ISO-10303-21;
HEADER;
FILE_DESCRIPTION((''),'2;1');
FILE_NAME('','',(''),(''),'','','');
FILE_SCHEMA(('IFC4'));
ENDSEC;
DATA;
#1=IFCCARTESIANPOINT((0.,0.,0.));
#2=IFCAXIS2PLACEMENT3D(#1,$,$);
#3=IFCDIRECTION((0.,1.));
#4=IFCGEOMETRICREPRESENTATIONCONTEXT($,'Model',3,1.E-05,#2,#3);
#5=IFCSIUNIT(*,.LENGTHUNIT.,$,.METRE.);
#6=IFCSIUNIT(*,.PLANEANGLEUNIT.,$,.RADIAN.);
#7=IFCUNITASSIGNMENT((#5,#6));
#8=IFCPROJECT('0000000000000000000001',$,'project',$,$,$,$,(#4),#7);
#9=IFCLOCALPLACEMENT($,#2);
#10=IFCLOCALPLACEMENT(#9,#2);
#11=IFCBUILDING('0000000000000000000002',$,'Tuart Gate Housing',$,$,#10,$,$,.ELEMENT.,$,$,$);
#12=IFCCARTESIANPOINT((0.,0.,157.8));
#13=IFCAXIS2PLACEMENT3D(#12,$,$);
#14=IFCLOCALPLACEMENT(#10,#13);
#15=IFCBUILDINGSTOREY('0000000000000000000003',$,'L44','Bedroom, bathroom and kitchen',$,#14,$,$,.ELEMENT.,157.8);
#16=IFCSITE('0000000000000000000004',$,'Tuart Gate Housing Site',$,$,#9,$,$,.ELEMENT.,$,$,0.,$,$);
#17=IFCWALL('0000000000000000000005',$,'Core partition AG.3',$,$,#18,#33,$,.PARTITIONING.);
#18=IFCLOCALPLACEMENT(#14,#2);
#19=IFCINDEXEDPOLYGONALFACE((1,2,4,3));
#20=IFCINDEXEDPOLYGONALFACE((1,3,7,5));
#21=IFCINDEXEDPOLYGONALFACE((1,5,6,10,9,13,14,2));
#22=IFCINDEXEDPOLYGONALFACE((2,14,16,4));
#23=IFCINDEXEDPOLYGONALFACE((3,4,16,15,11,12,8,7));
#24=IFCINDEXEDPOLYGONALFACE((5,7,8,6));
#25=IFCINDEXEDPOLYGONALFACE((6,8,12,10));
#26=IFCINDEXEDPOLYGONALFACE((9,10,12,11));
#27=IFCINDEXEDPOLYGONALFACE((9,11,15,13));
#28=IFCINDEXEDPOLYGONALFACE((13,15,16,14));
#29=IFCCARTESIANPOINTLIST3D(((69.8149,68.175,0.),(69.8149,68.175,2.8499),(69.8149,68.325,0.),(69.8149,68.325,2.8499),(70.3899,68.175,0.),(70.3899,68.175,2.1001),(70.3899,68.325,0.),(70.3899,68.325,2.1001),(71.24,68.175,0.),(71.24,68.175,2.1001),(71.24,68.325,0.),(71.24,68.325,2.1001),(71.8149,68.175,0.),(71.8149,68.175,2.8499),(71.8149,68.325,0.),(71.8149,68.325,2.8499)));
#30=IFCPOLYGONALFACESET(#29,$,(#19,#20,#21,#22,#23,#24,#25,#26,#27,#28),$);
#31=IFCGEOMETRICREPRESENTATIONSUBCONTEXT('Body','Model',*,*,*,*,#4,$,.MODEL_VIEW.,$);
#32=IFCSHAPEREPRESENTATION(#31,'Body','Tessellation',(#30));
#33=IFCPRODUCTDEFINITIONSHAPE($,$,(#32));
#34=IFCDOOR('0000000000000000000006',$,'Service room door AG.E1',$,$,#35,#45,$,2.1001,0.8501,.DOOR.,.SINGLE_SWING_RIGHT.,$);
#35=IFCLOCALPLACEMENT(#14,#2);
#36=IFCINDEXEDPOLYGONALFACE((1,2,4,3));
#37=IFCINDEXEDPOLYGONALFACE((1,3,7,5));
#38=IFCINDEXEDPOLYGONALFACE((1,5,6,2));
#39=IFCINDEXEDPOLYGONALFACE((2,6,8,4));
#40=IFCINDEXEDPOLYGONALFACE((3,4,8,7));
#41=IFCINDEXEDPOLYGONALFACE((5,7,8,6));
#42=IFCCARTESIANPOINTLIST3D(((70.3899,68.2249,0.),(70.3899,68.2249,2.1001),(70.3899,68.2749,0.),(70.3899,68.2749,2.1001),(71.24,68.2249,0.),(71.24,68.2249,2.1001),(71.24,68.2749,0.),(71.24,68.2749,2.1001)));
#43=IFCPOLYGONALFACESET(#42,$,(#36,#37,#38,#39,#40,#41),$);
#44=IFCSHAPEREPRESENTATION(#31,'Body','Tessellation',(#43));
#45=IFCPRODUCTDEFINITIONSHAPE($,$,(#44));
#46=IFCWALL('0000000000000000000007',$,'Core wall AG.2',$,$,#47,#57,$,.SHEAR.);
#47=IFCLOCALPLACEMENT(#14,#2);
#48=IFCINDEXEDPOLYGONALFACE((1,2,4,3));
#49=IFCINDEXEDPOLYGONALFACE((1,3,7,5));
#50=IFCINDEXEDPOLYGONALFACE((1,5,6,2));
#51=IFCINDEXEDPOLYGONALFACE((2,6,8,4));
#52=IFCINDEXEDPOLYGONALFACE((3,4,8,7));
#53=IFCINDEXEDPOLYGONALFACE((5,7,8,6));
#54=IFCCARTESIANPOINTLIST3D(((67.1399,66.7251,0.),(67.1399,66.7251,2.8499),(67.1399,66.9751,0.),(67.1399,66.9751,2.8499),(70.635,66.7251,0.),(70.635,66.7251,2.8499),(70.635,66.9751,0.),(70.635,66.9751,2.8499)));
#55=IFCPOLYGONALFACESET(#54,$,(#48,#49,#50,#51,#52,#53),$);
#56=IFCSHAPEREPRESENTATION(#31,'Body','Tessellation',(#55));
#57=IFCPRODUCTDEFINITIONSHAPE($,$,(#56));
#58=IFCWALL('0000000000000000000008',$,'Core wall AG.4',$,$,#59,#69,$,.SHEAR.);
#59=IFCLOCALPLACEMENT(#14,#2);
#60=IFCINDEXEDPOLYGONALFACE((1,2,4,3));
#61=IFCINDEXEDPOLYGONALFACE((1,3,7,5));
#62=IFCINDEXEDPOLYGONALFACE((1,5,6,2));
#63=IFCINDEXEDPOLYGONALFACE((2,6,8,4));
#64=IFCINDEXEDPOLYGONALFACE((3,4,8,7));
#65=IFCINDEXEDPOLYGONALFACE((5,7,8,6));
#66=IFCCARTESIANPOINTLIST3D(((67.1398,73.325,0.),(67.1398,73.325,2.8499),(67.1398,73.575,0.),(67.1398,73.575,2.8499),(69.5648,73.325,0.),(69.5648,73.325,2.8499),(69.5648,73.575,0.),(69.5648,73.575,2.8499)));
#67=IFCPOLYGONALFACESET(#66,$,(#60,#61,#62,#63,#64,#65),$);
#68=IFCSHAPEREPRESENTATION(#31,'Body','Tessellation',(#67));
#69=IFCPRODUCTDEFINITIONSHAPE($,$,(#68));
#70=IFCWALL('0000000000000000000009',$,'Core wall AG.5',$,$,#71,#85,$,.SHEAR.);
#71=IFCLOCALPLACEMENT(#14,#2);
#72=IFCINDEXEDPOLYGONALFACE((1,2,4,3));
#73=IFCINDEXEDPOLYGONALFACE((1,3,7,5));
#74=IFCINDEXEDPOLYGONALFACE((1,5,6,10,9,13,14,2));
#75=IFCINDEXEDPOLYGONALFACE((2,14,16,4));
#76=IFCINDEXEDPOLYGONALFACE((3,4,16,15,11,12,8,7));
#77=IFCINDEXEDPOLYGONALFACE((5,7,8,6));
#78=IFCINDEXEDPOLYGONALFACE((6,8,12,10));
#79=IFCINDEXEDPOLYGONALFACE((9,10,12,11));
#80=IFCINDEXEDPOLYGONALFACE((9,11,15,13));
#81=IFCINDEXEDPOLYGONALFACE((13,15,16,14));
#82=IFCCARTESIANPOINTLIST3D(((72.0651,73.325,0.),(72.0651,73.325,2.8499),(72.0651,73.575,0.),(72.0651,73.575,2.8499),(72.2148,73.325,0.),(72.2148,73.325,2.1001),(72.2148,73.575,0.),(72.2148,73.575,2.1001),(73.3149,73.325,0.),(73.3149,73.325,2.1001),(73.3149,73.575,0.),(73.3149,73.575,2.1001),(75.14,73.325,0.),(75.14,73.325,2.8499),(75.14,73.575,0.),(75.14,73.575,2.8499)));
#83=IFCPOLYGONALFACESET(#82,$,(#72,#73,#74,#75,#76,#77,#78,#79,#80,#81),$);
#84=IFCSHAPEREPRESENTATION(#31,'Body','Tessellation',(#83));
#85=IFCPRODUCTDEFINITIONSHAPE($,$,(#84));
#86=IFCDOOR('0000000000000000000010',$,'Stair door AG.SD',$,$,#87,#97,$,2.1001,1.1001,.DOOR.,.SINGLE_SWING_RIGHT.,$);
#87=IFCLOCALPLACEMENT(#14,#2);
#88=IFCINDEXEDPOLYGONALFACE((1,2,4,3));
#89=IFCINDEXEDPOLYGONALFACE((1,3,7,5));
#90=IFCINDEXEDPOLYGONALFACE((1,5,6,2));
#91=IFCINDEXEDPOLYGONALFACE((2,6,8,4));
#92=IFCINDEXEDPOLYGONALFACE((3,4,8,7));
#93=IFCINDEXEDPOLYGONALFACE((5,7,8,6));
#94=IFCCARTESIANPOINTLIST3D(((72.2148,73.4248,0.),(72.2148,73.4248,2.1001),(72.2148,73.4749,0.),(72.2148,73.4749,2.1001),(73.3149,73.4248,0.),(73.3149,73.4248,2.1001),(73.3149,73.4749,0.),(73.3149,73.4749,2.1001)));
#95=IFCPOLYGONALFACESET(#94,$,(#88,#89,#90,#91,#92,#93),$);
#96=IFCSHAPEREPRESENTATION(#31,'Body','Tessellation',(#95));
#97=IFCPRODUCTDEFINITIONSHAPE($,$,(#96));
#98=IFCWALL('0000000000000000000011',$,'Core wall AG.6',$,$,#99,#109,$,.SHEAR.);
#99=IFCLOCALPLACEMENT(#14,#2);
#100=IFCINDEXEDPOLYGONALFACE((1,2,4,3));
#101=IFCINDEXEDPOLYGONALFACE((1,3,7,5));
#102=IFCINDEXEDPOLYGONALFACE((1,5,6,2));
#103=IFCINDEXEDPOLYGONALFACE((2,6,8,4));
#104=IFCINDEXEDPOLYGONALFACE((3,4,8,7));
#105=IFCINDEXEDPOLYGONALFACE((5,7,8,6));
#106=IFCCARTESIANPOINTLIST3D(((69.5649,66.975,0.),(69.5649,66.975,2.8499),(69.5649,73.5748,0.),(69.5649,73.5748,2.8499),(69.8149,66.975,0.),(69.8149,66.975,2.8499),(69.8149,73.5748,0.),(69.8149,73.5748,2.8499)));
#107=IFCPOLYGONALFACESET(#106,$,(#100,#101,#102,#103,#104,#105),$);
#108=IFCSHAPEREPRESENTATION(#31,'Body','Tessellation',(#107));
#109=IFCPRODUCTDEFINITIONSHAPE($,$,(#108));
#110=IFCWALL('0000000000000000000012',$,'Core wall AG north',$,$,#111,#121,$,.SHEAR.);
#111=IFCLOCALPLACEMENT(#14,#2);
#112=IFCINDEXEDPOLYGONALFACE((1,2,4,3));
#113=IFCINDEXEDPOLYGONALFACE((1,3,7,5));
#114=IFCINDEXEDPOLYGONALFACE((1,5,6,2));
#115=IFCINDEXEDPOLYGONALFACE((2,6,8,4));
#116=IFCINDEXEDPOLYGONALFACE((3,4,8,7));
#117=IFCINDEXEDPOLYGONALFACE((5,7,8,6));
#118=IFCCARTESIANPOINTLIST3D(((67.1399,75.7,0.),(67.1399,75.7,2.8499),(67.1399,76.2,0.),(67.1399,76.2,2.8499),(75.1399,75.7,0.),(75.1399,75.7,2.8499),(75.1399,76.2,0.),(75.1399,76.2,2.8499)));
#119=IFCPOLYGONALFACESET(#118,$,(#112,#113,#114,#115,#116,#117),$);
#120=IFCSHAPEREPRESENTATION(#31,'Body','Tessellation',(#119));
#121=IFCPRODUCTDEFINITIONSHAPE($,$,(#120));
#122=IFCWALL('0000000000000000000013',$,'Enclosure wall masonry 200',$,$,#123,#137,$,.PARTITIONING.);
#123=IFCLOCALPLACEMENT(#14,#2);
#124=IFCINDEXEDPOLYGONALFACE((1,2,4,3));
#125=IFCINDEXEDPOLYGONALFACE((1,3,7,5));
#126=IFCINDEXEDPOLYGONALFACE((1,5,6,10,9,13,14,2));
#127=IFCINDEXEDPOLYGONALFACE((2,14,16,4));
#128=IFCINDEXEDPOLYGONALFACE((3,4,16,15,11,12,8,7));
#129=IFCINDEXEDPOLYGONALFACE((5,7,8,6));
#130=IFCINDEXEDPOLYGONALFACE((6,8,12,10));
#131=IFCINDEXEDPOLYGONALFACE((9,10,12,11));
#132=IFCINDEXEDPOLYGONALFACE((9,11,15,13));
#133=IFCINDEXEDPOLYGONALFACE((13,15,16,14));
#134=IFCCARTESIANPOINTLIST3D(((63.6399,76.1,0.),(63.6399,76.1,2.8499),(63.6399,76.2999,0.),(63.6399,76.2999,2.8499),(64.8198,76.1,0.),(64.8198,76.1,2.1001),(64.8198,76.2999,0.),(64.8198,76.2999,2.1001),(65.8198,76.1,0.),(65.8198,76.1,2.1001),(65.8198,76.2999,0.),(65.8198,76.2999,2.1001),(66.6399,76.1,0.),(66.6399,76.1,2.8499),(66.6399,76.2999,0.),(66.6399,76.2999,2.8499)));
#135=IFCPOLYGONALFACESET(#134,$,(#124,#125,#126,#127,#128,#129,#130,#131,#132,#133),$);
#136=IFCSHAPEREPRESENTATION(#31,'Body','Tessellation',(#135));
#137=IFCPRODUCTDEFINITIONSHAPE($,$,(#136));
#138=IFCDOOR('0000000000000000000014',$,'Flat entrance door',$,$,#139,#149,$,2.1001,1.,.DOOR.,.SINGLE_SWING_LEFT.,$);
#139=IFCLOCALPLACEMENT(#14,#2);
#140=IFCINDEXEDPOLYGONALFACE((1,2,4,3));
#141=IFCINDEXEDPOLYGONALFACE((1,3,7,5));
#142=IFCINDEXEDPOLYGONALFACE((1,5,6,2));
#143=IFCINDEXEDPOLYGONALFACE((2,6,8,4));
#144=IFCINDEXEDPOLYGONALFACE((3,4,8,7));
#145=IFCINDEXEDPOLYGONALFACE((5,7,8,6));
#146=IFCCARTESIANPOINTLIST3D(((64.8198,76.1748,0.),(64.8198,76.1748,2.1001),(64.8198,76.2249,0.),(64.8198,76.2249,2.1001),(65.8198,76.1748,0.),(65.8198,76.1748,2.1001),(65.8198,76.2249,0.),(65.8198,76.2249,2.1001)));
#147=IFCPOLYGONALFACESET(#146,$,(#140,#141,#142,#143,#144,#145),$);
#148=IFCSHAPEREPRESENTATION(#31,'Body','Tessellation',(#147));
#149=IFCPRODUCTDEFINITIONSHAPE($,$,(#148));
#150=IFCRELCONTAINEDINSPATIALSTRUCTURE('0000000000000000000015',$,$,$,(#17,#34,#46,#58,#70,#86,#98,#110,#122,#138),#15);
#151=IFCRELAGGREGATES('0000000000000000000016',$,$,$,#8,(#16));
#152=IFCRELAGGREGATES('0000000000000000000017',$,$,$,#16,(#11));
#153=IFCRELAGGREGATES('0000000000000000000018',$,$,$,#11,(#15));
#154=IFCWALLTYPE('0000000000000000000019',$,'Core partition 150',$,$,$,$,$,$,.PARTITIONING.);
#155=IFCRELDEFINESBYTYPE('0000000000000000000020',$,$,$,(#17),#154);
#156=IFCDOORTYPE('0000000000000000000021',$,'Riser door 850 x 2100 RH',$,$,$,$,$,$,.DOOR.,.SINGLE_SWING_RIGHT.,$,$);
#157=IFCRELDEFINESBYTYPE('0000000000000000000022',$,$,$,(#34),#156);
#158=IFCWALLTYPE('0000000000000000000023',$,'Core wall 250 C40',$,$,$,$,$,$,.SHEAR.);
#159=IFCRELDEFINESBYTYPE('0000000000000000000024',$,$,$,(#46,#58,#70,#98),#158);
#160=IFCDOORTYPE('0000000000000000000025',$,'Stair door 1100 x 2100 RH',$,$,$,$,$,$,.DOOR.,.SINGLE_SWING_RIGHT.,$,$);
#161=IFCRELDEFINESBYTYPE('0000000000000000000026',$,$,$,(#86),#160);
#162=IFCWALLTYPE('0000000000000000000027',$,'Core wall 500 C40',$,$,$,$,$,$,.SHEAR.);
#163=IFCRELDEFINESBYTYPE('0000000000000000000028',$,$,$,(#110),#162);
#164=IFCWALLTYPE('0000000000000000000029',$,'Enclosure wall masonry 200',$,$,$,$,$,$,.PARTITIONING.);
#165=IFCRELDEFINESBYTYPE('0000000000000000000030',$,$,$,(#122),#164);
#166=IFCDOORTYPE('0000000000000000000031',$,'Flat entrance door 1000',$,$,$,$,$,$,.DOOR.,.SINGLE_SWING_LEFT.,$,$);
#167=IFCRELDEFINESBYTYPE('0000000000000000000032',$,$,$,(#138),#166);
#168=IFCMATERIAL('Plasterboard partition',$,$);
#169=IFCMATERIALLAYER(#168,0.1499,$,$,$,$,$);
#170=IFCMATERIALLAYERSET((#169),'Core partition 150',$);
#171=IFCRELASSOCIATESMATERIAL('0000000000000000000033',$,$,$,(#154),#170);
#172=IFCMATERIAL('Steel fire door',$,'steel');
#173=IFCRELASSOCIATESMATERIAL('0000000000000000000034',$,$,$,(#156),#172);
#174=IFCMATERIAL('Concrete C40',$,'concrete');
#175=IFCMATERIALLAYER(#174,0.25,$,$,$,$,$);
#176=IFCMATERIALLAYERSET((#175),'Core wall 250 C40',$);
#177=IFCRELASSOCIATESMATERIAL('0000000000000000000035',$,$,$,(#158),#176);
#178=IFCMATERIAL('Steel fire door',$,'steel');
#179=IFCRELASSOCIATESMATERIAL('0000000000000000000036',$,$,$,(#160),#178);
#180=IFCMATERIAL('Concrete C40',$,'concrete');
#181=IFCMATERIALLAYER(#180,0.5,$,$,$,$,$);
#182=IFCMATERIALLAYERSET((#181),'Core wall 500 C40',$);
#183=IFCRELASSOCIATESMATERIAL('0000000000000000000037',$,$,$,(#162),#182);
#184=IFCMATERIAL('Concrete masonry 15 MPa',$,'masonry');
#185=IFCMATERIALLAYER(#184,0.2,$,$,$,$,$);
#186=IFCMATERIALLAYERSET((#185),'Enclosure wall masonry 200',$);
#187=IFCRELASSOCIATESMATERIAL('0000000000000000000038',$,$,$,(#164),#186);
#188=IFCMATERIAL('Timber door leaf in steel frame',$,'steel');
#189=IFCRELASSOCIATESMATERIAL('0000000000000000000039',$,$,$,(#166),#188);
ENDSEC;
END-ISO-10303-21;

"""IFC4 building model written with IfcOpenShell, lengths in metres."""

from ifc_helpers import new_model, si_unit, direction, frame, frame_2d, origin, place, context, subcontext, project, spatial, rectangle, extrude, material, layer, layer_set, type_object, element, fill, save


model = new_model("IFC4")

# Units and contexts
model_context = context("Model", 3, precision=1e-05, world=origin(), true_north=direction((0.0, 1.0)))
body_context = subcontext(model_context, "Body", "Model", "MODEL_VIEW")
ifc_project = project(units=[si_unit("LENGTHUNIT", "METRE"), si_unit("PLANEANGLEUNIT", "RADIAN")], contexts=[model_context])

# Site, building, storey
site_placement = place(None, origin())
site = spatial("IfcSite", under=ifc_project, at=site_placement, Name="Tuart Gate Housing Site", CompositionType="ELEMENT", RefElevation=0.0)
building_placement = place(site_placement, origin())
building = spatial("IfcBuilding", under=site, at=building_placement, Name="Tuart Gate Housing", CompositionType="ELEMENT")
storey_placement = place(building_placement, frame((0.0, 0.0, 157.8)))
storey = spatial("IfcBuildingStorey", under=building, at=storey_placement, Name="L44", Description="Bedroom, bathroom and kitchen", CompositionType="ELEMENT", Elevation=157.8)

# Wall, opening, door
ifc_material_1 = material(Name="Plasterboard partition")
ifc_layer_1 = layer(ifc_material_1, 0.1499)
ifc_layer_set_1 = layer_set([ifc_layer_1], Name="Core partition 150")
wall_type_1 = type_object("IfcWallType", Name="Core partition 150", PredefinedType="PARTITIONING", material=ifc_layer_set_1)
wall_1_placement = place(storey_placement, frame((69.8149, 68.25, 0.0), z_axis=(0.0, 0.0, 1.0), x_axis=(1.0, 0.0, 0.0)))
wall_1 = element("IfcWall", 1, at=wall_1_placement, inside=storey, type_object=wall_type_1, Name="Core partition AG.3", PredefinedType="PARTITIONING", context=body_context, shape_type="SweptSolid", body=[
    extrude(rectangle(XDim=2.0, YDim=0.1499, at=frame_2d((1.0, 0.0))), origin(), (0.0, 0.0, 1.0), 2.8499),
])
opening_1_placement = place(wall_1_placement, frame((0.575, 0.0, 0.0)))
opening_1 = element("IfcOpeningElement", 2, at=opening_1_placement, cuts=wall_1, PredefinedType="OPENING", context=body_context, shape_type="SweptSolid", body=[
    extrude(rectangle(XDim=0.8501, YDim=2.1001, at=frame_2d((0.425, 1.05))), frame((0.0, 0.085, 0.0), z_axis=(0.0, -1.0, 0.0), x_axis=(1.0, 0.0, 0.0)), (0.0, 0.0, 1.0), 0.1699),
])
ifc_material_2 = material(Name="Steel fire door", Category="steel")
door_type_1 = type_object("IfcDoorType", Name="Riser door 850 x 2100 RH", OperationType="SINGLE_SWING_RIGHT", PredefinedType="DOOR", material=ifc_material_2)
door_1_placement = place(opening_1_placement, frame((0.8501, 0.0, 0.0), z_axis=(0.0, 0.0, 1.0), x_axis=(-1.0, 0.0, 0.0)))
door_1 = element("IfcDoor", 3, at=door_1_placement, inside=storey, type_object=door_type_1, Name="Service room door AG.E1", OperationType="SINGLE_SWING_RIGHT", OverallHeight=2.1001, OverallWidth=0.8501, PredefinedType="DOOR", context=body_context, shape_type="SweptSolid", body=[
    extrude(rectangle(XDim=0.8501, YDim=2.1001, at=frame_2d((0.425, 1.05))), frame((0.0, 0.0251, 0.0), z_axis=(0.0, -1.0, 0.0), x_axis=(1.0, 0.0, 0.0)), (0.0, 0.0, 1.0), 0.05),
])
fill(opening_1, door_1)

# Walls
ifc_material_3 = material(Name="Concrete C40", Category="concrete")
ifc_layer_2 = layer(ifc_material_3, 0.25)
ifc_layer_set_2 = layer_set([ifc_layer_2], Name="Core wall 250 C40")
wall_type_2 = type_object("IfcWallType", Name="Core wall 250 C40", PredefinedType="SHEAR", material=ifc_layer_set_2)
wall_2_placement = place(storey_placement, frame((67.1399, 66.8501, 0.0), z_axis=(0.0, 0.0, 1.0), x_axis=(1.0, 0.0, 0.0)))
element("IfcWall", 4, at=wall_2_placement, inside=storey, type_object=wall_type_2, Name="Core wall AG.2", PredefinedType="SHEAR", context=body_context, shape_type="SweptSolid", body=[
    extrude(rectangle(XDim=3.4951, YDim=0.25, at=frame_2d((1.7476, 0.0))), origin(), (0.0, 0.0, 1.0), 2.8499),
])
wall_3_placement = place(storey_placement, frame((67.1399, 73.45, 0.0), z_axis=(0.0, 0.0, 1.0), x_axis=(1.0, 0.0, 0.0)))
element("IfcWall", 5, at=wall_3_placement, inside=storey, type_object=wall_type_2, Name="Core wall AG.4", PredefinedType="SHEAR", context=body_context, shape_type="SweptSolid", body=[
    extrude(rectangle(XDim=2.425, YDim=0.25, at=frame_2d((1.2124, 0.0))), origin(), (0.0, 0.0, 1.0), 2.8499),
])

# Wall, opening, door
wall_4_placement = place(storey_placement, frame((72.0649, 73.45, 0.0), z_axis=(0.0, 0.0, 1.0), x_axis=(1.0, 0.0, 0.0)))
wall_4 = element("IfcWall", 6, at=wall_4_placement, inside=storey, type_object=wall_type_2, Name="Core wall AG.5", PredefinedType="SHEAR", context=body_context, shape_type="SweptSolid", body=[
    extrude(rectangle(XDim=3.075, YDim=0.25, at=frame_2d((1.5376, 0.0))), origin(), (0.0, 0.0, 1.0), 2.8499),
])
opening_2_placement = place(wall_4_placement, frame((0.1499, 0.0, 0.0)))
opening_2 = element("IfcOpeningElement", 7, at=opening_2_placement, cuts=wall_4, PredefinedType="OPENING", context=body_context, shape_type="SweptSolid", body=[
    extrude(rectangle(XDim=1.1001, YDim=2.1001, at=frame_2d((0.55, 1.05))), frame((0.0, 0.135, 0.0), z_axis=(0.0, -1.0, 0.0), x_axis=(1.0, 0.0, 0.0)), (0.0, 0.0, 1.0), 0.27),
])
ifc_material_4 = material(Name="Steel fire door", Category="steel")
door_type_2 = type_object("IfcDoorType", Name="Stair door 1100 x 2100 RH", OperationType="SINGLE_SWING_RIGHT", PredefinedType="DOOR", material=ifc_material_4)
door_2_placement = place(opening_2_placement, frame((1.1001, 0.0, 0.0), z_axis=(0.0, 0.0, 1.0), x_axis=(-1.0, 0.0, 0.0)))
door_2 = element("IfcDoor", 8, at=door_2_placement, inside=storey, type_object=door_type_2, Name="Stair door AG.SD", OperationType="SINGLE_SWING_RIGHT", OverallHeight=2.1001, OverallWidth=1.1001, PredefinedType="DOOR", context=body_context, shape_type="SweptSolid", body=[
    extrude(rectangle(XDim=1.1001, YDim=2.1001, at=frame_2d((0.55, 1.05))), frame((0.0, 0.0251, 0.0), z_axis=(0.0, -1.0, 0.0), x_axis=(1.0, 0.0, 0.0)), (0.0, 0.0, 1.0), 0.05),
])
fill(opening_2, door_2)

# Walls
wall_5_placement = place(storey_placement, frame((69.6899, 66.9751, 0.0), z_axis=(0.0, 0.0, 1.0), x_axis=(0.0, 1.0, 0.0)))
element("IfcWall", 9, at=wall_5_placement, inside=storey, type_object=wall_type_2, Name="Core wall AG.6", PredefinedType="SHEAR", context=body_context, shape_type="SweptSolid", body=[
    extrude(rectangle(XDim=6.5999, YDim=0.25, at=frame_2d((3.2998, 0.0))), origin(), (0.0, 0.0, 1.0), 2.8499),
])
ifc_material_5 = material(Name="Concrete C40", Category="concrete")
ifc_layer_3 = layer(ifc_material_5, 0.5)
ifc_layer_set_3 = layer_set([ifc_layer_3], Name="Core wall 500 C40")
wall_type_3 = type_object("IfcWallType", Name="Core wall 500 C40", PredefinedType="SHEAR", material=ifc_layer_set_3)
wall_6_placement = place(storey_placement, frame((67.1399, 75.95, 0.0), z_axis=(0.0, 0.0, 1.0), x_axis=(1.0, 0.0, 0.0)))
element("IfcWall", 10, at=wall_6_placement, inside=storey, type_object=wall_type_3, Name="Core wall AG north", PredefinedType="SHEAR", context=body_context, shape_type="SweptSolid", body=[
    extrude(rectangle(XDim=8.0, YDim=0.5, at=frame_2d((4.0, 0.0))), origin(), (0.0, 0.0, 1.0), 2.8499),
])

# Wall, opening, door
ifc_material_6 = material(Name="Concrete masonry 15 MPa", Category="masonry")
ifc_layer_4 = layer(ifc_material_6, 0.2)
ifc_layer_set_4 = layer_set([ifc_layer_4], Name="Enclosure wall masonry 200")
wall_type_4 = type_object("IfcWallType", Name="Enclosure wall masonry 200", PredefinedType="PARTITIONING", material=ifc_layer_set_4)
wall_7_placement = place(storey_placement, frame((63.6399, 76.2, 0.0), z_axis=(0.0, 0.0, 1.0), x_axis=(1.0, 0.0, 0.0)))
wall_7 = element("IfcWall", 11, at=wall_7_placement, inside=storey, type_object=wall_type_4, Name="Enclosure wall masonry 200", PredefinedType="PARTITIONING", context=body_context, shape_type="SweptSolid", body=[
    extrude(rectangle(XDim=3.0, YDim=0.2, at=frame_2d((1.5, 0.0))), origin(), (0.0, 0.0, 1.0), 2.8499),
])
opening_3_placement = place(wall_7_placement, frame((1.1799, 0.0, 0.0)))
opening_3 = element("IfcOpeningElement", 12, at=opening_3_placement, cuts=wall_7, PredefinedType="OPENING", context=body_context, shape_type="SweptSolid", body=[
    extrude(rectangle(XDim=1.0, YDim=2.1001, at=frame_2d((0.5, 1.05))), frame((0.0, 0.1099, 0.0), z_axis=(0.0, -1.0, 0.0), x_axis=(1.0, 0.0, 0.0)), (0.0, 0.0, 1.0), 0.22),
])
ifc_material_7 = material(Name="Timber door leaf in steel frame", Category="steel")
door_type_3 = type_object("IfcDoorType", Name="Flat entrance door 1000", OperationType="SINGLE_SWING_LEFT", PredefinedType="DOOR", material=ifc_material_7)
door_3_placement = place(opening_3_placement, origin())
door_3 = element("IfcDoor", 13, at=door_3_placement, inside=storey, type_object=door_type_3, Name="Flat entrance door", OperationType="SINGLE_SWING_LEFT", OverallHeight=2.1001, OverallWidth=1.0, PredefinedType="DOOR", context=body_context, shape_type="SweptSolid", body=[
    extrude(rectangle(XDim=1.0, YDim=2.1001, at=frame_2d((0.5, 1.05))), frame((0.0, 0.0249, 0.0), z_axis=(0.0, -1.0, 0.0), x_axis=(1.0, 0.0, 0.0)), (0.0, 0.0, 1.0), 0.05),
])
fill(opening_3, door_3)

save(model, "model.ifc")
